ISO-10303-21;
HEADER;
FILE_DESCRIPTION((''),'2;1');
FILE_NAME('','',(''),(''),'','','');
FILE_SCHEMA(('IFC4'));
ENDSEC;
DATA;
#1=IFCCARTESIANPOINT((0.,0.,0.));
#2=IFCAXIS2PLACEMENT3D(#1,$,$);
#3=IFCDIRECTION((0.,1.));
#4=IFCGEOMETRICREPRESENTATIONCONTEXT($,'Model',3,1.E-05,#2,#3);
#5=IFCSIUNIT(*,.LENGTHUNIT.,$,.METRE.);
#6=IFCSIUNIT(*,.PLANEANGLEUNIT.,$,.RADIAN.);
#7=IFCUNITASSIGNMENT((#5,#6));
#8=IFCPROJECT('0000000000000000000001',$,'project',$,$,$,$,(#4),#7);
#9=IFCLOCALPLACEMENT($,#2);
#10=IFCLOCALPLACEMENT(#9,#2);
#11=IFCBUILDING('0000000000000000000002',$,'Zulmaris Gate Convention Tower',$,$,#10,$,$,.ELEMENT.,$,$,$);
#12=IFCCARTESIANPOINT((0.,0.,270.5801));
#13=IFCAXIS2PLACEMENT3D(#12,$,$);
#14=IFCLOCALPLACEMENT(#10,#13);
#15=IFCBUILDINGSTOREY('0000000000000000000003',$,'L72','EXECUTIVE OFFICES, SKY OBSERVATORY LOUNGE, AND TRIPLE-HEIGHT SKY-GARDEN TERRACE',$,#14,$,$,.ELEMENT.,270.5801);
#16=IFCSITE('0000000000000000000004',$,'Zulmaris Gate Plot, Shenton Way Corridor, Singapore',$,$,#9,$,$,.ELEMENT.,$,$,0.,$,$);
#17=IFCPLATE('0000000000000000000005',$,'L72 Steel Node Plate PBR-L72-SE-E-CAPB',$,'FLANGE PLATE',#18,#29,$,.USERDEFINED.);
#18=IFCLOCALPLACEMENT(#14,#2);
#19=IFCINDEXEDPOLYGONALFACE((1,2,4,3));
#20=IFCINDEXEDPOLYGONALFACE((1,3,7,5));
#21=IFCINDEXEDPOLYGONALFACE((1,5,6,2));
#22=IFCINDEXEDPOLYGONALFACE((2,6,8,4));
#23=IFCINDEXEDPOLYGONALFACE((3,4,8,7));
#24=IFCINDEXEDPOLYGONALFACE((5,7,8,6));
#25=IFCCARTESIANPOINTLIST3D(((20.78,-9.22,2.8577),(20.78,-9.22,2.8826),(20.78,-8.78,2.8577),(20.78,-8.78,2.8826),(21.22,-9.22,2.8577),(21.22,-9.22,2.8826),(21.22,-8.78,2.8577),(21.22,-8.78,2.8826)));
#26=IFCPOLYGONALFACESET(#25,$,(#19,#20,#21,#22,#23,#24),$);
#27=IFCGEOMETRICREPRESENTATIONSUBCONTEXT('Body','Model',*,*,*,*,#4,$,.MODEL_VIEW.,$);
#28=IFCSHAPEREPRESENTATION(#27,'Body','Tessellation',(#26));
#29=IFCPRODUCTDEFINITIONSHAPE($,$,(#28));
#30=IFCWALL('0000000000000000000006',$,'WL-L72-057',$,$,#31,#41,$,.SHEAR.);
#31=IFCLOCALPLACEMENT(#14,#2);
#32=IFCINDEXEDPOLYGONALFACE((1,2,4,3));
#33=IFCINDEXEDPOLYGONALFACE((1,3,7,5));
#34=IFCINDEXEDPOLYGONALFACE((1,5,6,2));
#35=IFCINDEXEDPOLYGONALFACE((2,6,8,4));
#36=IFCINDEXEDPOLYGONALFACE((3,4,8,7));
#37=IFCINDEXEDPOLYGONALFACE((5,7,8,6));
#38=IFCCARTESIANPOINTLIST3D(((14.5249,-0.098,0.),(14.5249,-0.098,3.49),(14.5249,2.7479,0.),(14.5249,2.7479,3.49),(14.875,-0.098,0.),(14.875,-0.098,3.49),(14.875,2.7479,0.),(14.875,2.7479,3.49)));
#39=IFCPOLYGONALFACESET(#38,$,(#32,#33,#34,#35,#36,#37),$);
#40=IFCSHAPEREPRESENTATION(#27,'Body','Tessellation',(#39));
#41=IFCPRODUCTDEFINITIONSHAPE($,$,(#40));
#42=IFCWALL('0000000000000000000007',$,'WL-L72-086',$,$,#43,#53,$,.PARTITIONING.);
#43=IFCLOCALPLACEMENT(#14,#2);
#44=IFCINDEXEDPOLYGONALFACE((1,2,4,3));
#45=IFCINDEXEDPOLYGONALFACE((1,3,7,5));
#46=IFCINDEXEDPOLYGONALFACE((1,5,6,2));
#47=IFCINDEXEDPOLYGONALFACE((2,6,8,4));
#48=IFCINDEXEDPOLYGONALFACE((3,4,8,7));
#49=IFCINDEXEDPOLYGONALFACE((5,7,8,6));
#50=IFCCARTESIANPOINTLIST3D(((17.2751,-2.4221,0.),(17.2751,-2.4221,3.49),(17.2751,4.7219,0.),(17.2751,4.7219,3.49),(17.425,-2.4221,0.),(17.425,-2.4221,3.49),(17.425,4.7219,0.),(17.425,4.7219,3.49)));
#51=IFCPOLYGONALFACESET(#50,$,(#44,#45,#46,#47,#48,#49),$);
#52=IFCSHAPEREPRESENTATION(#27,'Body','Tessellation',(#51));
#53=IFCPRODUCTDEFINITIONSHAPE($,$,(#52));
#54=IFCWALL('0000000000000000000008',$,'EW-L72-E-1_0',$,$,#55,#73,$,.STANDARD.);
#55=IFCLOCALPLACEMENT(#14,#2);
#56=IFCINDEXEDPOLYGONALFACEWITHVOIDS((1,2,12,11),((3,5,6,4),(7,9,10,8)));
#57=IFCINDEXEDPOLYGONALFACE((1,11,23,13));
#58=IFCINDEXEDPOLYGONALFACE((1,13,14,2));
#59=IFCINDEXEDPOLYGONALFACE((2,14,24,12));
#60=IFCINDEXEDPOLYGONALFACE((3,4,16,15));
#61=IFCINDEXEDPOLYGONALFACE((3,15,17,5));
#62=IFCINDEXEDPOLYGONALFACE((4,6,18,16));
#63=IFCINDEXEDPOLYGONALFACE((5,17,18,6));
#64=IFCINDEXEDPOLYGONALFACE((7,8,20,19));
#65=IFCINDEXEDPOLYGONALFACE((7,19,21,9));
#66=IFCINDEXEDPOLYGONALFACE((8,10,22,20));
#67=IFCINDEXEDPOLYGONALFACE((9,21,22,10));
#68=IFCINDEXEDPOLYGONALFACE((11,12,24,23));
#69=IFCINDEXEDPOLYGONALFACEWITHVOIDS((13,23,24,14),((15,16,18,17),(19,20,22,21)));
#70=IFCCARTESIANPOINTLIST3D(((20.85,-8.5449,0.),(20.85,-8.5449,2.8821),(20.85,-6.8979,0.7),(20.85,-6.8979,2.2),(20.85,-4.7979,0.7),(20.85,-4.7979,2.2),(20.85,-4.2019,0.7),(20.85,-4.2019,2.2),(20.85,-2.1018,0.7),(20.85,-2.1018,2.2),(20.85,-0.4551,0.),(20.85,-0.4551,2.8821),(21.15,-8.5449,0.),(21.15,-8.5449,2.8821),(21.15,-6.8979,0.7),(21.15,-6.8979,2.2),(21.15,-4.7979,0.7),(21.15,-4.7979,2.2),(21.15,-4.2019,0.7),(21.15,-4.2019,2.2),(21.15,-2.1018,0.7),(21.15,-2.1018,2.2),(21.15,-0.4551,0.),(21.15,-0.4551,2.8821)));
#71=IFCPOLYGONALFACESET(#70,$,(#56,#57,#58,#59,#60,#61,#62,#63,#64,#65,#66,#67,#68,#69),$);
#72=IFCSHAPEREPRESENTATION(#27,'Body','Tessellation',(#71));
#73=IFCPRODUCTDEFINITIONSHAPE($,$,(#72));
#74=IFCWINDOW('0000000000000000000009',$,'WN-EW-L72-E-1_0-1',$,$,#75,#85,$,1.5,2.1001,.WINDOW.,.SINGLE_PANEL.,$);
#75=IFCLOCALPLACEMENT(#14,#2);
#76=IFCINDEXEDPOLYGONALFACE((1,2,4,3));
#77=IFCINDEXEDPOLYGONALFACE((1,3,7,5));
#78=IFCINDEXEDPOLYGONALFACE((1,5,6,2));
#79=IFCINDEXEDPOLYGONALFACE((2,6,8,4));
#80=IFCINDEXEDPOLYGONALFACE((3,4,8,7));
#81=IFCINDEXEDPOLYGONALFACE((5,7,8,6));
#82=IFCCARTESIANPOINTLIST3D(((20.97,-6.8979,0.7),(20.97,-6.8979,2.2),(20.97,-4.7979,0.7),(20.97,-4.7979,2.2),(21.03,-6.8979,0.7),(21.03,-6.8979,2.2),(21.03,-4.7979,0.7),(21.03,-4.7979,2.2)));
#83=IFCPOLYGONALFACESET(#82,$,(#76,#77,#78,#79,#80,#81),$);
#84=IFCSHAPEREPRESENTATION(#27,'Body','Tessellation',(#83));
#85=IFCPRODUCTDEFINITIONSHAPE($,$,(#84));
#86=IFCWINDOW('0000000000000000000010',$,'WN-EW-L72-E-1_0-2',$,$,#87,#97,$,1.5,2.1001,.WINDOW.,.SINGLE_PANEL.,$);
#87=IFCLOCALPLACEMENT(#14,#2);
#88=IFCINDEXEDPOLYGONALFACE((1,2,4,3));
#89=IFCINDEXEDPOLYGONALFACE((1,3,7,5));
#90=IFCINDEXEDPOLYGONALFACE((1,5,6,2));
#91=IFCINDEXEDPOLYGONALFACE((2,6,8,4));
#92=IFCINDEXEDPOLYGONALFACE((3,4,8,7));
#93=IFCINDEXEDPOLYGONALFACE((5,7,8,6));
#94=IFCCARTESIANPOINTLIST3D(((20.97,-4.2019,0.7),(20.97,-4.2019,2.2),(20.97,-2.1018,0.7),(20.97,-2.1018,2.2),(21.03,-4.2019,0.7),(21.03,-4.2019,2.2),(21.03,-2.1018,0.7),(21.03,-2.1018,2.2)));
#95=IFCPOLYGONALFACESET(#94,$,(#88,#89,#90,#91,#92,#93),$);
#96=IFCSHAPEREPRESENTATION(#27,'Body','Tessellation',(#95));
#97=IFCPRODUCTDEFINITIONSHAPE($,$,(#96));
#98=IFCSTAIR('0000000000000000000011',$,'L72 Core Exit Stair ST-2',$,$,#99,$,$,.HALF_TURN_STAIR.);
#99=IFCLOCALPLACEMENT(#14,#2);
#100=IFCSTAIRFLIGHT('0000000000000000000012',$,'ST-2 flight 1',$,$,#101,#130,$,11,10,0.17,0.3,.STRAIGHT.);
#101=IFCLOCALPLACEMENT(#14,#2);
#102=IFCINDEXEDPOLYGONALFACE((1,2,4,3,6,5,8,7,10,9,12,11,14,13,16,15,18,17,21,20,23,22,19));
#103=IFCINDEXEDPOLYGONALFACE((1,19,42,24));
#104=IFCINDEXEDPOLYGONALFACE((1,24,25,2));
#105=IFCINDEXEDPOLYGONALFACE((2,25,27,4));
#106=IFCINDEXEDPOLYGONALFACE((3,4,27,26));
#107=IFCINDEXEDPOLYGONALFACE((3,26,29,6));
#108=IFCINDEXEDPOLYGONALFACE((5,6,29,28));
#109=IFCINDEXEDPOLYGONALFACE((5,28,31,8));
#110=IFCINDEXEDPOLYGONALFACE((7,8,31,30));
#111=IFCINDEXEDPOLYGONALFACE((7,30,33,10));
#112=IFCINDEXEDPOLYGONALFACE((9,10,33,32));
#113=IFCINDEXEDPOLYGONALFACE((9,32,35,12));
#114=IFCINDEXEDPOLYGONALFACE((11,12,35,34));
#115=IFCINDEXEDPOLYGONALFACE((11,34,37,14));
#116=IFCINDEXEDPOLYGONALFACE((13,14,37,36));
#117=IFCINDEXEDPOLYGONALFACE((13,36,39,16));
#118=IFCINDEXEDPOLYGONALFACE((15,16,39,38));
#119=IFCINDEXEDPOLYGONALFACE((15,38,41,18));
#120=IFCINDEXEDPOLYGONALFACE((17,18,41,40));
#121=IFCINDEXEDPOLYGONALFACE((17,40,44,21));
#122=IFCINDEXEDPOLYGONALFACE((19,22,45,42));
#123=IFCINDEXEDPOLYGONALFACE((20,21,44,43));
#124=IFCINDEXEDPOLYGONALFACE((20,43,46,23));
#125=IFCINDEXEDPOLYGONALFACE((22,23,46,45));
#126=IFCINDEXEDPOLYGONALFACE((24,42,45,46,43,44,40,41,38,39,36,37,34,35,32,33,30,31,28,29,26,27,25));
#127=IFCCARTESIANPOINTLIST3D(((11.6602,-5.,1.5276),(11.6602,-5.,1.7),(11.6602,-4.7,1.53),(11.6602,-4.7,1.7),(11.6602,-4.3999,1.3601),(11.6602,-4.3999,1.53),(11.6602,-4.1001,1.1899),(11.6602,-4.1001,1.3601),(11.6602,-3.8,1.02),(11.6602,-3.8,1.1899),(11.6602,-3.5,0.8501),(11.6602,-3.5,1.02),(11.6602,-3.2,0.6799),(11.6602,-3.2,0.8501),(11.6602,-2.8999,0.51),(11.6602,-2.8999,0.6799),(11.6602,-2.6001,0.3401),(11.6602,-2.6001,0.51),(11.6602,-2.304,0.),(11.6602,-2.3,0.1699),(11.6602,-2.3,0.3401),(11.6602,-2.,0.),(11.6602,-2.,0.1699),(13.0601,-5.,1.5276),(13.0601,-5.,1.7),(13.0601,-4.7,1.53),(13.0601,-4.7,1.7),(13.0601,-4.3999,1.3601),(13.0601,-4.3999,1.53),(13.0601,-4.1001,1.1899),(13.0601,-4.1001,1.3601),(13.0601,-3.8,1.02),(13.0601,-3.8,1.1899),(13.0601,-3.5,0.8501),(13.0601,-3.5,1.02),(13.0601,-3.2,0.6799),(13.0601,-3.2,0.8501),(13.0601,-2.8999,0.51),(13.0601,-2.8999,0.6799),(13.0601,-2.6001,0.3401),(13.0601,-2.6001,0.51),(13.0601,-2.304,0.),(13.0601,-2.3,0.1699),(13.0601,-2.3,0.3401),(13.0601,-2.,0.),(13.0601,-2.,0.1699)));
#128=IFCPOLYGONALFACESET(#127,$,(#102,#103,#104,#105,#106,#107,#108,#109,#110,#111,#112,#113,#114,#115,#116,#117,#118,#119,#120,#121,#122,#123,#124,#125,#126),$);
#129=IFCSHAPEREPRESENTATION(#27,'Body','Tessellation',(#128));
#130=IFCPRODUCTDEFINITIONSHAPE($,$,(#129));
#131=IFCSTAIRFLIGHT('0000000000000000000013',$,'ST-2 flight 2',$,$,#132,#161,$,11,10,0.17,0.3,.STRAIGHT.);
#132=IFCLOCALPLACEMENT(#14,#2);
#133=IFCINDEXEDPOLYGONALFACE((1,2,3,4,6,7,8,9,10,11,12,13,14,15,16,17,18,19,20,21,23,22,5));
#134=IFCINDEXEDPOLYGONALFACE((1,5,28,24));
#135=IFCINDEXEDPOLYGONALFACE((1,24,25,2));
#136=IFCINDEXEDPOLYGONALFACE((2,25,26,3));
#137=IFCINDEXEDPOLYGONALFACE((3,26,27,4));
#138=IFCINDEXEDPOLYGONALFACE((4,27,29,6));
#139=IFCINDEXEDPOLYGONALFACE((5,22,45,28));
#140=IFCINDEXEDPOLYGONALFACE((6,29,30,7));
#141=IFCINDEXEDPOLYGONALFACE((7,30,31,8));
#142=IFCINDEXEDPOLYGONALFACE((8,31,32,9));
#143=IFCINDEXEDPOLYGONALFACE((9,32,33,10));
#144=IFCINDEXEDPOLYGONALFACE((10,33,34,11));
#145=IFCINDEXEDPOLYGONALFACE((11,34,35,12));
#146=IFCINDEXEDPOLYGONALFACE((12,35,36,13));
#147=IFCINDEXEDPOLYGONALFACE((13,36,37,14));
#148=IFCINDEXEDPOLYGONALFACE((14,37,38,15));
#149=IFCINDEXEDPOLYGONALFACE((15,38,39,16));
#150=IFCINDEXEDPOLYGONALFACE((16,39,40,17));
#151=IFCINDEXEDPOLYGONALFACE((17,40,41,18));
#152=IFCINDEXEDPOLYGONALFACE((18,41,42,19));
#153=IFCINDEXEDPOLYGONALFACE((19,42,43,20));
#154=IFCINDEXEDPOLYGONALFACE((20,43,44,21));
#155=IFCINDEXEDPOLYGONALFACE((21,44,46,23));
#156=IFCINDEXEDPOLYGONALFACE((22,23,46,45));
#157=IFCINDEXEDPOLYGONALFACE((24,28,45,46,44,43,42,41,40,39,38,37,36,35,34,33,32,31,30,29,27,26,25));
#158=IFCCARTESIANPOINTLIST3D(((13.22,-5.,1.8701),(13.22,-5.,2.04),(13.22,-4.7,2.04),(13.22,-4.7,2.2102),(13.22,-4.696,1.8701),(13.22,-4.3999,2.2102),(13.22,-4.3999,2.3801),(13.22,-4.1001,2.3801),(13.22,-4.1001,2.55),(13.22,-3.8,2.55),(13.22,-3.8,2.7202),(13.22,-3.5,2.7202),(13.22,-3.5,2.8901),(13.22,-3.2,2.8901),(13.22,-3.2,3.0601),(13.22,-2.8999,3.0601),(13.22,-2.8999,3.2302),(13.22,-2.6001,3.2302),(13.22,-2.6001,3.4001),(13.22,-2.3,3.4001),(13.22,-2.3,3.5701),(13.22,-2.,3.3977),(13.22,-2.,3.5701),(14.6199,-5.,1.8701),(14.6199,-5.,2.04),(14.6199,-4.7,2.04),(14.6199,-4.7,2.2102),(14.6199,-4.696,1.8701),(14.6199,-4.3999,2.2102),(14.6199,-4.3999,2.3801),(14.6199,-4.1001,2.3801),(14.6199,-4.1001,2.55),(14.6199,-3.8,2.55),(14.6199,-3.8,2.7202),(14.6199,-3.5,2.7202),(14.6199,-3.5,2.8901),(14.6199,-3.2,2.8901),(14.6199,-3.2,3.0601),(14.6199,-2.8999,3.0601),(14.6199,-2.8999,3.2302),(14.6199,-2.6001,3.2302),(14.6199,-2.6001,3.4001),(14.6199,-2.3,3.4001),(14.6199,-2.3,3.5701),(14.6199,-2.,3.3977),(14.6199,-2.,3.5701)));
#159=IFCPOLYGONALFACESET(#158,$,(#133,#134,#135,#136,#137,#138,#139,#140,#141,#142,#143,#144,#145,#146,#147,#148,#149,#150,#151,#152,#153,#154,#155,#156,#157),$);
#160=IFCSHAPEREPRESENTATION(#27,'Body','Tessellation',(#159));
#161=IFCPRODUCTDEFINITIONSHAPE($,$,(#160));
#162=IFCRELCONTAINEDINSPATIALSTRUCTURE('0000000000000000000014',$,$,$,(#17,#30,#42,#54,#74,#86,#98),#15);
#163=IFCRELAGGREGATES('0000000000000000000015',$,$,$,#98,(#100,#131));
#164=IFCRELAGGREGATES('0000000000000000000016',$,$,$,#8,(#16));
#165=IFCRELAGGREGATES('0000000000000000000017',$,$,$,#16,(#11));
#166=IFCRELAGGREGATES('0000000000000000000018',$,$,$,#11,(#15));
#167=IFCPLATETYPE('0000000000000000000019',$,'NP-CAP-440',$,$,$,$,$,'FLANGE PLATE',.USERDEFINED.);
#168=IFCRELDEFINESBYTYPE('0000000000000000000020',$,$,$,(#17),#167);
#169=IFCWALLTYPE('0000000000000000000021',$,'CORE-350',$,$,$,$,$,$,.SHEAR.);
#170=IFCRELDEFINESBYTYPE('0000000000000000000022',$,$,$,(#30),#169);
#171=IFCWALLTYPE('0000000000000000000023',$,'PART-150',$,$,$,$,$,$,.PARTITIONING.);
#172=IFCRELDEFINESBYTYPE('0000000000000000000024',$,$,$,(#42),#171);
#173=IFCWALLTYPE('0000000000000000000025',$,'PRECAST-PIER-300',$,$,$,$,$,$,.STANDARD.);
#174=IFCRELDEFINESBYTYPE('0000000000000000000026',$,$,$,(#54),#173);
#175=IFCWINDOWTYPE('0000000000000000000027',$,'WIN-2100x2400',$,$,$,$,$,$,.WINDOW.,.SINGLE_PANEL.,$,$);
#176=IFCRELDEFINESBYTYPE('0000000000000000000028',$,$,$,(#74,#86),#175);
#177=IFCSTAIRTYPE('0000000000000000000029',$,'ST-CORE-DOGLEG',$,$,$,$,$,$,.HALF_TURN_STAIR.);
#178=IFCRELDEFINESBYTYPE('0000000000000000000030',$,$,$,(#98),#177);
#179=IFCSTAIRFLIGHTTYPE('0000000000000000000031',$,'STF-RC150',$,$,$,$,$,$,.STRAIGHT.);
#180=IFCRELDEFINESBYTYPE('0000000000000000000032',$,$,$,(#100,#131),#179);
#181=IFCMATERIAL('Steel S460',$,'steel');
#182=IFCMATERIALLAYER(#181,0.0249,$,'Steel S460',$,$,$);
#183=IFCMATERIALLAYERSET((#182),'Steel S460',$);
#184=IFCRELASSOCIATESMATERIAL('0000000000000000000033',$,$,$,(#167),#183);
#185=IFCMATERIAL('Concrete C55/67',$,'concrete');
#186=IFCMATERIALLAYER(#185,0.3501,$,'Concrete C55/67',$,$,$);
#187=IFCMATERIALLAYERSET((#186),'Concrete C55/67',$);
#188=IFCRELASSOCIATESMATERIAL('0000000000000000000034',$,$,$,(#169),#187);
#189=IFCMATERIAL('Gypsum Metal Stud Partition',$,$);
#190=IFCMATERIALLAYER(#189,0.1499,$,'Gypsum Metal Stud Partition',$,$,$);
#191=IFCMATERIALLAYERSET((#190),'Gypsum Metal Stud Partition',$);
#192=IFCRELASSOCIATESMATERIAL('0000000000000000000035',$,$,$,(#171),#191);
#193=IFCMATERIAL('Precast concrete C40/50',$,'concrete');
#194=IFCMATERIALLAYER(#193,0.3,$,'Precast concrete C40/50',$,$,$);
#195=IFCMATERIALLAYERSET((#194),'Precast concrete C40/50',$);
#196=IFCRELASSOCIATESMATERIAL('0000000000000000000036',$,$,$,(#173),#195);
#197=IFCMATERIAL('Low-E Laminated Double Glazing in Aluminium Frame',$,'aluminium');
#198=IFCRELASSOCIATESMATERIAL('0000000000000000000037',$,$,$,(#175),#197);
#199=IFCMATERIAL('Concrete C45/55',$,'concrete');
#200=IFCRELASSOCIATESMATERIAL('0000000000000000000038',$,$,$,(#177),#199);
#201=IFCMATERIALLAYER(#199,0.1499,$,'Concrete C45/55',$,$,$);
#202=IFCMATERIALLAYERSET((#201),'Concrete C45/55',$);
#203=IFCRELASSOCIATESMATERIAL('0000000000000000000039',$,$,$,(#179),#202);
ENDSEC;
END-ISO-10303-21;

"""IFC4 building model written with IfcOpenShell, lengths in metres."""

from ifc_helpers import new_model, si_unit, direction, frame, frame_2d, origin, origin_2d, place, context, subcontext, project, spatial, polyline, rectangle, outline, extrude, material, layer, layer_set, type_object, element, fill, aggregate, save


model = new_model("IFC4")

# Units and contexts
model_context = context("Model", 3, precision=1e-05, world=origin(), true_north=direction((0.0, 1.0)))
body_context = subcontext(model_context, "Body", "Model", "MODEL_VIEW")
ifc_project = project(units=[si_unit("LENGTHUNIT", "METRE"), si_unit("PLANEANGLEUNIT", "RADIAN")], contexts=[model_context])

# Site, building, storey
site_placement = place(None, origin())
site = spatial("IfcSite", under=ifc_project, at=site_placement, Name="Zulmaris Gate Plot, Shenton Way Corridor, Singapore", CompositionType="ELEMENT", RefElevation=0.0)
building_placement = place(site_placement, origin())
building = spatial("IfcBuilding", under=site, at=building_placement, Name="Zulmaris Gate Convention Tower", CompositionType="ELEMENT")
storey_placement = place(building_placement, frame((0.0, 0.0, 270.5801)))
storey = spatial("IfcBuildingStorey", under=building, at=storey_placement, Name="L72", Description="EXECUTIVE OFFICES, SKY OBSERVATORY LOUNGE, AND TRIPLE-HEIGHT SKY-GARDEN TERRACE", CompositionType="ELEMENT", Elevation=270.5801)

# Plate
ifc_material_1 = material(Name="Steel S460", Category="steel")
ifc_layer_1 = layer(ifc_material_1, 0.0249, Name="Steel S460")
ifc_layer_set_1 = layer_set([ifc_layer_1], Name="Steel S460")
plate_type = type_object("IfcPlateType", Name="NP-CAP-440", ElementType="FLANGE PLATE", PredefinedType="USERDEFINED", material=ifc_layer_set_1)
plate_placement = place(storey_placement, frame((21.0, -9.0, 2.8577), z_axis=(0.0, 0.0, 1.0), x_axis=(1.0, 0.0, 0.0)))
element("IfcPlate", 1, at=plate_placement, inside=storey, type_object=plate_type, Name="L72 Steel Node Plate PBR-L72-SE-E-CAPB", ObjectType="FLANGE PLATE", PredefinedType="USERDEFINED", context=body_context, shape_type="SweptSolid", body=[
    extrude(rectangle(XDim=0.4399, YDim=0.4399, at=origin_2d()), origin(), (0.0, 0.0, 1.0), 0.0249),
])

# Wall
ifc_material_2 = material(Name="Concrete C55/67", Category="concrete")
ifc_layer_2 = layer(ifc_material_2, 0.3501, Name="Concrete C55/67")
ifc_layer_set_2 = layer_set([ifc_layer_2], Name="Concrete C55/67")
wall_type_1 = type_object("IfcWallType", Name="CORE-350", PredefinedType="SHEAR", material=ifc_layer_set_2)
wall_1_placement = place(storey_placement, frame((14.7, -0.0979, 0.0), z_axis=(0.0, 0.0, 1.0), x_axis=(0.0, 1.0, 0.0)))
element("IfcWall", 2, at=wall_1_placement, inside=storey, type_object=wall_type_1, Name="WL-L72-057", PredefinedType="SHEAR", context=body_context, shape_type="SweptSolid", body=[
    extrude(rectangle(XDim=2.8459, YDim=0.3501, at=frame_2d((1.4229, 0.0))), origin(), (0.0, 0.0, 1.0), 3.49),
])

# Shared definitions
ifc_material_3 = material(Name="Gypsum Metal Stud Partition")
ifc_layer_3 = layer(ifc_material_3, 0.1499, Name="Gypsum Metal Stud Partition")
ifc_layer_set_3 = layer_set([ifc_layer_3], Name="Gypsum Metal Stud Partition")
wall_type_2 = type_object("IfcWallType", Name="PART-150", PredefinedType="PARTITIONING", material=ifc_layer_set_3)

# Wall
wall_2_placement = place(storey_placement, frame((17.3501, -2.4221, 0.0), z_axis=(0.0, 0.0, 1.0), x_axis=(0.0, 1.0, 0.0)))
element("IfcWall", 3, at=wall_2_placement, inside=storey, type_object=wall_type_2, Name="WL-L72-086", PredefinedType="PARTITIONING", context=body_context, shape_type="SweptSolid", body=[
    extrude(rectangle(XDim=7.144, YDim=0.1499, at=frame_2d((3.572, 0.0))), origin(), (0.0, 0.0, 1.0), 3.49),
])

# Wall, openings, windows
ifc_material_4 = material(Name="Precast concrete C40/50", Category="concrete")
ifc_layer_4 = layer(ifc_material_4, 0.3, Name="Precast concrete C40/50")
ifc_layer_set_4 = layer_set([ifc_layer_4], Name="Precast concrete C40/50")
wall_type_3 = type_object("IfcWallType", Name="PRECAST-PIER-300", PredefinedType="STANDARD", material=ifc_layer_set_4)
wall_3_placement = place(storey_placement, frame((21.0, -8.5449, 0.0), z_axis=(0.0, 0.0, 1.0), x_axis=(0.0, 1.0, 0.0)))
wall_3 = element("IfcWall", 4, at=wall_3_placement, inside=storey, type_object=wall_type_3, Name="EW-L72-E-1_0", PredefinedType="STANDARD", context=body_context, shape_type="SweptSolid", body=[
    extrude(rectangle(XDim=8.0898, YDim=0.3, at=frame_2d((4.0449, 0.0))), origin(), (0.0, 0.0, 1.0), 2.8821),
])
opening_1_placement = place(wall_3_placement, frame((1.647, 0.0, 0.7)))
opening_1 = element("IfcOpeningElement", 5, at=opening_1_placement, cuts=wall_3, PredefinedType="OPENING", context=body_context, shape_type="SweptSolid", body=[
    extrude(rectangle(XDim=2.1001, YDim=1.5, at=frame_2d((1.05, 0.75))), frame((0.0, 0.1602, 0.0), z_axis=(0.0, -1.0, 0.0), x_axis=(1.0, 0.0, 0.0)), (0.0, 0.0, 1.0), 0.3201),
])
opening_2_placement = place(wall_3_placement, frame((4.343, 0.0, 0.7)))
opening_2 = element("IfcOpeningElement", 6, at=opening_2_placement, cuts=wall_3, PredefinedType="OPENING", context=body_context, shape_type="SweptSolid", body=[
    extrude(rectangle(XDim=2.1001, YDim=1.5, at=frame_2d((1.05, 0.75))), frame((0.0, 0.1602, 0.0), z_axis=(0.0, -1.0, 0.0), x_axis=(1.0, 0.0, 0.0)), (0.0, 0.0, 1.0), 0.3201),
])
ifc_material_5 = material(Name="Low-E Laminated Double Glazing in Aluminium Frame", Category="aluminium")
window_type = type_object("IfcWindowType", Name="WIN-2100x2400", PartitioningType="SINGLE_PANEL", PredefinedType="WINDOW", material=ifc_material_5)
window_1_placement = place(opening_1_placement, origin())
window_1 = element("IfcWindow", 7, at=window_1_placement, inside=storey, type_object=window_type, Name="WN-EW-L72-E-1_0-1", OverallHeight=1.5, OverallWidth=2.1001, PartitioningType="SINGLE_PANEL", PredefinedType="WINDOW", context=body_context, shape_type="SweptSolid", body=[
    extrude(rectangle(XDim=2.1001, YDim=1.5, at=frame_2d((1.05, 0.75))), frame((0.0, 0.03, 0.0), z_axis=(0.0, -1.0, 0.0), x_axis=(1.0, 0.0, 0.0)), (0.0, 0.0, 1.0), 0.0601),
])
fill(opening_1, window_1)
window_2_placement = place(opening_2_placement, origin())
window_2 = element("IfcWindow", 8, at=window_2_placement, inside=storey, type_object=window_type, Name="WN-EW-L72-E-1_0-2", OverallHeight=1.5, OverallWidth=2.1001, PartitioningType="SINGLE_PANEL", PredefinedType="WINDOW", context=body_context, shape_type="SweptSolid", body=[
    extrude(rectangle(XDim=2.1001, YDim=1.5, at=frame_2d((1.05, 0.75))), frame((0.0, 0.03, 0.0), z_axis=(0.0, -1.0, 0.0), x_axis=(1.0, 0.0, 0.0)), (0.0, 0.0, 1.0), 0.0601),
])
fill(opening_2, window_2)

# Stair, stair flights
ifc_material_6 = material(Name="Concrete C45/55", Category="concrete")
stair_type = type_object("IfcStairType", Name="ST-CORE-DOGLEG", PredefinedType="HALF_TURN_STAIR", material=ifc_material_6)
stair_placement = place(storey_placement, origin())
stair = element("IfcStair", 9, at=stair_placement, inside=storey, type_object=stair_type, Name="L72 Core Exit Stair ST-2", PredefinedType="HALF_TURN_STAIR")
ifc_layer_5 = layer(ifc_material_6, 0.1499, Name="Concrete C45/55")
ifc_layer_set_5 = layer_set([ifc_layer_5], Name="Concrete C45/55")
stair_flight_type = type_object("IfcStairFlightType", Name="STF-RC150", PredefinedType="STRAIGHT", material=ifc_layer_set_5)
stair_flight_1_placement = place(storey_placement, frame((12.3601, -2.0, 0.0), z_axis=(0.0, 0.0, 1.0), x_axis=(0.0, -1.0, 0.0)))
stair_flight_1 = element("IfcStairFlight", 10, at=stair_flight_1_placement, type_object=stair_flight_type, Name="ST-2 flight 1", NumberOfRisers=11, NumberOfTreads=10, PredefinedType="STRAIGHT", RiserHeight=0.17, TreadLength=0.3, context=body_context, shape_type="SweptSolid", body=[
    extrude(outline(polyline([(0.0, 0.0), (0.0, 0.1699), (0.3, 0.1699), (0.3, 0.3401), (0.6001, 0.3401), (0.6001, 0.51), (0.8999, 0.51), (0.8999, 0.6799), (1.2, 0.6799), (1.2, 0.8501), (1.5, 0.8501), (1.5, 1.02), (1.8, 1.02), (1.8, 1.1899), (2.1001, 1.1899), (2.1001, 1.3601), (2.3999, 1.3601), (2.3999, 1.53), (2.7, 1.53), (2.7, 1.7), (3.0, 1.7), (3.0, 1.8701), (3.0, 1.5276), (0.304, 0.0), (0.0, 0.0)])), frame((0.0, 0.7, 0.0), z_axis=(0.0, -1.0, 0.0), x_axis=(1.0, 0.0, 0.0)), (0.0, 0.0, 1.0), 1.3999),
])
stair_flight_2_placement = place(storey_placement, frame((13.9199, -5.0, 1.8701), z_axis=(0.0, 0.0, 1.0), x_axis=(0.0, 1.0, 0.0)))
stair_flight_2 = element("IfcStairFlight", 11, at=stair_flight_2_placement, type_object=stair_flight_type, Name="ST-2 flight 2", NumberOfRisers=11, NumberOfTreads=10, PredefinedType="STRAIGHT", RiserHeight=0.17, TreadLength=0.3, context=body_context, shape_type="SweptSolid", body=[
    extrude(outline(polyline([(0.0, 0.0), (0.0, 0.1699), (0.3, 0.1699), (0.3, 0.3401), (0.6001, 0.3401), (0.6001, 0.51), (0.8999, 0.51), (0.8999, 0.6799), (1.2, 0.6799), (1.2, 0.8501), (1.5, 0.8501), (1.5, 1.02), (1.8, 1.02), (1.8, 1.1899), (2.1001, 1.1899), (2.1001, 1.3601), (2.3999, 1.3601), (2.3999, 1.53), (2.7, 1.53), (2.7, 1.7), (3.0, 1.7), (3.0, 1.8701), (3.0, 1.5276), (0.304, 0.0), (0.0, 0.0)])), frame((0.0, 0.7, 0.0), z_axis=(0.0, -1.0, 0.0), x_axis=(1.0, 0.0, 0.0)), (0.0, 0.0, 1.0), 1.3999),
])
aggregate(stair, [stair_flight_1, stair_flight_2])

save(model, "model.ifc")
